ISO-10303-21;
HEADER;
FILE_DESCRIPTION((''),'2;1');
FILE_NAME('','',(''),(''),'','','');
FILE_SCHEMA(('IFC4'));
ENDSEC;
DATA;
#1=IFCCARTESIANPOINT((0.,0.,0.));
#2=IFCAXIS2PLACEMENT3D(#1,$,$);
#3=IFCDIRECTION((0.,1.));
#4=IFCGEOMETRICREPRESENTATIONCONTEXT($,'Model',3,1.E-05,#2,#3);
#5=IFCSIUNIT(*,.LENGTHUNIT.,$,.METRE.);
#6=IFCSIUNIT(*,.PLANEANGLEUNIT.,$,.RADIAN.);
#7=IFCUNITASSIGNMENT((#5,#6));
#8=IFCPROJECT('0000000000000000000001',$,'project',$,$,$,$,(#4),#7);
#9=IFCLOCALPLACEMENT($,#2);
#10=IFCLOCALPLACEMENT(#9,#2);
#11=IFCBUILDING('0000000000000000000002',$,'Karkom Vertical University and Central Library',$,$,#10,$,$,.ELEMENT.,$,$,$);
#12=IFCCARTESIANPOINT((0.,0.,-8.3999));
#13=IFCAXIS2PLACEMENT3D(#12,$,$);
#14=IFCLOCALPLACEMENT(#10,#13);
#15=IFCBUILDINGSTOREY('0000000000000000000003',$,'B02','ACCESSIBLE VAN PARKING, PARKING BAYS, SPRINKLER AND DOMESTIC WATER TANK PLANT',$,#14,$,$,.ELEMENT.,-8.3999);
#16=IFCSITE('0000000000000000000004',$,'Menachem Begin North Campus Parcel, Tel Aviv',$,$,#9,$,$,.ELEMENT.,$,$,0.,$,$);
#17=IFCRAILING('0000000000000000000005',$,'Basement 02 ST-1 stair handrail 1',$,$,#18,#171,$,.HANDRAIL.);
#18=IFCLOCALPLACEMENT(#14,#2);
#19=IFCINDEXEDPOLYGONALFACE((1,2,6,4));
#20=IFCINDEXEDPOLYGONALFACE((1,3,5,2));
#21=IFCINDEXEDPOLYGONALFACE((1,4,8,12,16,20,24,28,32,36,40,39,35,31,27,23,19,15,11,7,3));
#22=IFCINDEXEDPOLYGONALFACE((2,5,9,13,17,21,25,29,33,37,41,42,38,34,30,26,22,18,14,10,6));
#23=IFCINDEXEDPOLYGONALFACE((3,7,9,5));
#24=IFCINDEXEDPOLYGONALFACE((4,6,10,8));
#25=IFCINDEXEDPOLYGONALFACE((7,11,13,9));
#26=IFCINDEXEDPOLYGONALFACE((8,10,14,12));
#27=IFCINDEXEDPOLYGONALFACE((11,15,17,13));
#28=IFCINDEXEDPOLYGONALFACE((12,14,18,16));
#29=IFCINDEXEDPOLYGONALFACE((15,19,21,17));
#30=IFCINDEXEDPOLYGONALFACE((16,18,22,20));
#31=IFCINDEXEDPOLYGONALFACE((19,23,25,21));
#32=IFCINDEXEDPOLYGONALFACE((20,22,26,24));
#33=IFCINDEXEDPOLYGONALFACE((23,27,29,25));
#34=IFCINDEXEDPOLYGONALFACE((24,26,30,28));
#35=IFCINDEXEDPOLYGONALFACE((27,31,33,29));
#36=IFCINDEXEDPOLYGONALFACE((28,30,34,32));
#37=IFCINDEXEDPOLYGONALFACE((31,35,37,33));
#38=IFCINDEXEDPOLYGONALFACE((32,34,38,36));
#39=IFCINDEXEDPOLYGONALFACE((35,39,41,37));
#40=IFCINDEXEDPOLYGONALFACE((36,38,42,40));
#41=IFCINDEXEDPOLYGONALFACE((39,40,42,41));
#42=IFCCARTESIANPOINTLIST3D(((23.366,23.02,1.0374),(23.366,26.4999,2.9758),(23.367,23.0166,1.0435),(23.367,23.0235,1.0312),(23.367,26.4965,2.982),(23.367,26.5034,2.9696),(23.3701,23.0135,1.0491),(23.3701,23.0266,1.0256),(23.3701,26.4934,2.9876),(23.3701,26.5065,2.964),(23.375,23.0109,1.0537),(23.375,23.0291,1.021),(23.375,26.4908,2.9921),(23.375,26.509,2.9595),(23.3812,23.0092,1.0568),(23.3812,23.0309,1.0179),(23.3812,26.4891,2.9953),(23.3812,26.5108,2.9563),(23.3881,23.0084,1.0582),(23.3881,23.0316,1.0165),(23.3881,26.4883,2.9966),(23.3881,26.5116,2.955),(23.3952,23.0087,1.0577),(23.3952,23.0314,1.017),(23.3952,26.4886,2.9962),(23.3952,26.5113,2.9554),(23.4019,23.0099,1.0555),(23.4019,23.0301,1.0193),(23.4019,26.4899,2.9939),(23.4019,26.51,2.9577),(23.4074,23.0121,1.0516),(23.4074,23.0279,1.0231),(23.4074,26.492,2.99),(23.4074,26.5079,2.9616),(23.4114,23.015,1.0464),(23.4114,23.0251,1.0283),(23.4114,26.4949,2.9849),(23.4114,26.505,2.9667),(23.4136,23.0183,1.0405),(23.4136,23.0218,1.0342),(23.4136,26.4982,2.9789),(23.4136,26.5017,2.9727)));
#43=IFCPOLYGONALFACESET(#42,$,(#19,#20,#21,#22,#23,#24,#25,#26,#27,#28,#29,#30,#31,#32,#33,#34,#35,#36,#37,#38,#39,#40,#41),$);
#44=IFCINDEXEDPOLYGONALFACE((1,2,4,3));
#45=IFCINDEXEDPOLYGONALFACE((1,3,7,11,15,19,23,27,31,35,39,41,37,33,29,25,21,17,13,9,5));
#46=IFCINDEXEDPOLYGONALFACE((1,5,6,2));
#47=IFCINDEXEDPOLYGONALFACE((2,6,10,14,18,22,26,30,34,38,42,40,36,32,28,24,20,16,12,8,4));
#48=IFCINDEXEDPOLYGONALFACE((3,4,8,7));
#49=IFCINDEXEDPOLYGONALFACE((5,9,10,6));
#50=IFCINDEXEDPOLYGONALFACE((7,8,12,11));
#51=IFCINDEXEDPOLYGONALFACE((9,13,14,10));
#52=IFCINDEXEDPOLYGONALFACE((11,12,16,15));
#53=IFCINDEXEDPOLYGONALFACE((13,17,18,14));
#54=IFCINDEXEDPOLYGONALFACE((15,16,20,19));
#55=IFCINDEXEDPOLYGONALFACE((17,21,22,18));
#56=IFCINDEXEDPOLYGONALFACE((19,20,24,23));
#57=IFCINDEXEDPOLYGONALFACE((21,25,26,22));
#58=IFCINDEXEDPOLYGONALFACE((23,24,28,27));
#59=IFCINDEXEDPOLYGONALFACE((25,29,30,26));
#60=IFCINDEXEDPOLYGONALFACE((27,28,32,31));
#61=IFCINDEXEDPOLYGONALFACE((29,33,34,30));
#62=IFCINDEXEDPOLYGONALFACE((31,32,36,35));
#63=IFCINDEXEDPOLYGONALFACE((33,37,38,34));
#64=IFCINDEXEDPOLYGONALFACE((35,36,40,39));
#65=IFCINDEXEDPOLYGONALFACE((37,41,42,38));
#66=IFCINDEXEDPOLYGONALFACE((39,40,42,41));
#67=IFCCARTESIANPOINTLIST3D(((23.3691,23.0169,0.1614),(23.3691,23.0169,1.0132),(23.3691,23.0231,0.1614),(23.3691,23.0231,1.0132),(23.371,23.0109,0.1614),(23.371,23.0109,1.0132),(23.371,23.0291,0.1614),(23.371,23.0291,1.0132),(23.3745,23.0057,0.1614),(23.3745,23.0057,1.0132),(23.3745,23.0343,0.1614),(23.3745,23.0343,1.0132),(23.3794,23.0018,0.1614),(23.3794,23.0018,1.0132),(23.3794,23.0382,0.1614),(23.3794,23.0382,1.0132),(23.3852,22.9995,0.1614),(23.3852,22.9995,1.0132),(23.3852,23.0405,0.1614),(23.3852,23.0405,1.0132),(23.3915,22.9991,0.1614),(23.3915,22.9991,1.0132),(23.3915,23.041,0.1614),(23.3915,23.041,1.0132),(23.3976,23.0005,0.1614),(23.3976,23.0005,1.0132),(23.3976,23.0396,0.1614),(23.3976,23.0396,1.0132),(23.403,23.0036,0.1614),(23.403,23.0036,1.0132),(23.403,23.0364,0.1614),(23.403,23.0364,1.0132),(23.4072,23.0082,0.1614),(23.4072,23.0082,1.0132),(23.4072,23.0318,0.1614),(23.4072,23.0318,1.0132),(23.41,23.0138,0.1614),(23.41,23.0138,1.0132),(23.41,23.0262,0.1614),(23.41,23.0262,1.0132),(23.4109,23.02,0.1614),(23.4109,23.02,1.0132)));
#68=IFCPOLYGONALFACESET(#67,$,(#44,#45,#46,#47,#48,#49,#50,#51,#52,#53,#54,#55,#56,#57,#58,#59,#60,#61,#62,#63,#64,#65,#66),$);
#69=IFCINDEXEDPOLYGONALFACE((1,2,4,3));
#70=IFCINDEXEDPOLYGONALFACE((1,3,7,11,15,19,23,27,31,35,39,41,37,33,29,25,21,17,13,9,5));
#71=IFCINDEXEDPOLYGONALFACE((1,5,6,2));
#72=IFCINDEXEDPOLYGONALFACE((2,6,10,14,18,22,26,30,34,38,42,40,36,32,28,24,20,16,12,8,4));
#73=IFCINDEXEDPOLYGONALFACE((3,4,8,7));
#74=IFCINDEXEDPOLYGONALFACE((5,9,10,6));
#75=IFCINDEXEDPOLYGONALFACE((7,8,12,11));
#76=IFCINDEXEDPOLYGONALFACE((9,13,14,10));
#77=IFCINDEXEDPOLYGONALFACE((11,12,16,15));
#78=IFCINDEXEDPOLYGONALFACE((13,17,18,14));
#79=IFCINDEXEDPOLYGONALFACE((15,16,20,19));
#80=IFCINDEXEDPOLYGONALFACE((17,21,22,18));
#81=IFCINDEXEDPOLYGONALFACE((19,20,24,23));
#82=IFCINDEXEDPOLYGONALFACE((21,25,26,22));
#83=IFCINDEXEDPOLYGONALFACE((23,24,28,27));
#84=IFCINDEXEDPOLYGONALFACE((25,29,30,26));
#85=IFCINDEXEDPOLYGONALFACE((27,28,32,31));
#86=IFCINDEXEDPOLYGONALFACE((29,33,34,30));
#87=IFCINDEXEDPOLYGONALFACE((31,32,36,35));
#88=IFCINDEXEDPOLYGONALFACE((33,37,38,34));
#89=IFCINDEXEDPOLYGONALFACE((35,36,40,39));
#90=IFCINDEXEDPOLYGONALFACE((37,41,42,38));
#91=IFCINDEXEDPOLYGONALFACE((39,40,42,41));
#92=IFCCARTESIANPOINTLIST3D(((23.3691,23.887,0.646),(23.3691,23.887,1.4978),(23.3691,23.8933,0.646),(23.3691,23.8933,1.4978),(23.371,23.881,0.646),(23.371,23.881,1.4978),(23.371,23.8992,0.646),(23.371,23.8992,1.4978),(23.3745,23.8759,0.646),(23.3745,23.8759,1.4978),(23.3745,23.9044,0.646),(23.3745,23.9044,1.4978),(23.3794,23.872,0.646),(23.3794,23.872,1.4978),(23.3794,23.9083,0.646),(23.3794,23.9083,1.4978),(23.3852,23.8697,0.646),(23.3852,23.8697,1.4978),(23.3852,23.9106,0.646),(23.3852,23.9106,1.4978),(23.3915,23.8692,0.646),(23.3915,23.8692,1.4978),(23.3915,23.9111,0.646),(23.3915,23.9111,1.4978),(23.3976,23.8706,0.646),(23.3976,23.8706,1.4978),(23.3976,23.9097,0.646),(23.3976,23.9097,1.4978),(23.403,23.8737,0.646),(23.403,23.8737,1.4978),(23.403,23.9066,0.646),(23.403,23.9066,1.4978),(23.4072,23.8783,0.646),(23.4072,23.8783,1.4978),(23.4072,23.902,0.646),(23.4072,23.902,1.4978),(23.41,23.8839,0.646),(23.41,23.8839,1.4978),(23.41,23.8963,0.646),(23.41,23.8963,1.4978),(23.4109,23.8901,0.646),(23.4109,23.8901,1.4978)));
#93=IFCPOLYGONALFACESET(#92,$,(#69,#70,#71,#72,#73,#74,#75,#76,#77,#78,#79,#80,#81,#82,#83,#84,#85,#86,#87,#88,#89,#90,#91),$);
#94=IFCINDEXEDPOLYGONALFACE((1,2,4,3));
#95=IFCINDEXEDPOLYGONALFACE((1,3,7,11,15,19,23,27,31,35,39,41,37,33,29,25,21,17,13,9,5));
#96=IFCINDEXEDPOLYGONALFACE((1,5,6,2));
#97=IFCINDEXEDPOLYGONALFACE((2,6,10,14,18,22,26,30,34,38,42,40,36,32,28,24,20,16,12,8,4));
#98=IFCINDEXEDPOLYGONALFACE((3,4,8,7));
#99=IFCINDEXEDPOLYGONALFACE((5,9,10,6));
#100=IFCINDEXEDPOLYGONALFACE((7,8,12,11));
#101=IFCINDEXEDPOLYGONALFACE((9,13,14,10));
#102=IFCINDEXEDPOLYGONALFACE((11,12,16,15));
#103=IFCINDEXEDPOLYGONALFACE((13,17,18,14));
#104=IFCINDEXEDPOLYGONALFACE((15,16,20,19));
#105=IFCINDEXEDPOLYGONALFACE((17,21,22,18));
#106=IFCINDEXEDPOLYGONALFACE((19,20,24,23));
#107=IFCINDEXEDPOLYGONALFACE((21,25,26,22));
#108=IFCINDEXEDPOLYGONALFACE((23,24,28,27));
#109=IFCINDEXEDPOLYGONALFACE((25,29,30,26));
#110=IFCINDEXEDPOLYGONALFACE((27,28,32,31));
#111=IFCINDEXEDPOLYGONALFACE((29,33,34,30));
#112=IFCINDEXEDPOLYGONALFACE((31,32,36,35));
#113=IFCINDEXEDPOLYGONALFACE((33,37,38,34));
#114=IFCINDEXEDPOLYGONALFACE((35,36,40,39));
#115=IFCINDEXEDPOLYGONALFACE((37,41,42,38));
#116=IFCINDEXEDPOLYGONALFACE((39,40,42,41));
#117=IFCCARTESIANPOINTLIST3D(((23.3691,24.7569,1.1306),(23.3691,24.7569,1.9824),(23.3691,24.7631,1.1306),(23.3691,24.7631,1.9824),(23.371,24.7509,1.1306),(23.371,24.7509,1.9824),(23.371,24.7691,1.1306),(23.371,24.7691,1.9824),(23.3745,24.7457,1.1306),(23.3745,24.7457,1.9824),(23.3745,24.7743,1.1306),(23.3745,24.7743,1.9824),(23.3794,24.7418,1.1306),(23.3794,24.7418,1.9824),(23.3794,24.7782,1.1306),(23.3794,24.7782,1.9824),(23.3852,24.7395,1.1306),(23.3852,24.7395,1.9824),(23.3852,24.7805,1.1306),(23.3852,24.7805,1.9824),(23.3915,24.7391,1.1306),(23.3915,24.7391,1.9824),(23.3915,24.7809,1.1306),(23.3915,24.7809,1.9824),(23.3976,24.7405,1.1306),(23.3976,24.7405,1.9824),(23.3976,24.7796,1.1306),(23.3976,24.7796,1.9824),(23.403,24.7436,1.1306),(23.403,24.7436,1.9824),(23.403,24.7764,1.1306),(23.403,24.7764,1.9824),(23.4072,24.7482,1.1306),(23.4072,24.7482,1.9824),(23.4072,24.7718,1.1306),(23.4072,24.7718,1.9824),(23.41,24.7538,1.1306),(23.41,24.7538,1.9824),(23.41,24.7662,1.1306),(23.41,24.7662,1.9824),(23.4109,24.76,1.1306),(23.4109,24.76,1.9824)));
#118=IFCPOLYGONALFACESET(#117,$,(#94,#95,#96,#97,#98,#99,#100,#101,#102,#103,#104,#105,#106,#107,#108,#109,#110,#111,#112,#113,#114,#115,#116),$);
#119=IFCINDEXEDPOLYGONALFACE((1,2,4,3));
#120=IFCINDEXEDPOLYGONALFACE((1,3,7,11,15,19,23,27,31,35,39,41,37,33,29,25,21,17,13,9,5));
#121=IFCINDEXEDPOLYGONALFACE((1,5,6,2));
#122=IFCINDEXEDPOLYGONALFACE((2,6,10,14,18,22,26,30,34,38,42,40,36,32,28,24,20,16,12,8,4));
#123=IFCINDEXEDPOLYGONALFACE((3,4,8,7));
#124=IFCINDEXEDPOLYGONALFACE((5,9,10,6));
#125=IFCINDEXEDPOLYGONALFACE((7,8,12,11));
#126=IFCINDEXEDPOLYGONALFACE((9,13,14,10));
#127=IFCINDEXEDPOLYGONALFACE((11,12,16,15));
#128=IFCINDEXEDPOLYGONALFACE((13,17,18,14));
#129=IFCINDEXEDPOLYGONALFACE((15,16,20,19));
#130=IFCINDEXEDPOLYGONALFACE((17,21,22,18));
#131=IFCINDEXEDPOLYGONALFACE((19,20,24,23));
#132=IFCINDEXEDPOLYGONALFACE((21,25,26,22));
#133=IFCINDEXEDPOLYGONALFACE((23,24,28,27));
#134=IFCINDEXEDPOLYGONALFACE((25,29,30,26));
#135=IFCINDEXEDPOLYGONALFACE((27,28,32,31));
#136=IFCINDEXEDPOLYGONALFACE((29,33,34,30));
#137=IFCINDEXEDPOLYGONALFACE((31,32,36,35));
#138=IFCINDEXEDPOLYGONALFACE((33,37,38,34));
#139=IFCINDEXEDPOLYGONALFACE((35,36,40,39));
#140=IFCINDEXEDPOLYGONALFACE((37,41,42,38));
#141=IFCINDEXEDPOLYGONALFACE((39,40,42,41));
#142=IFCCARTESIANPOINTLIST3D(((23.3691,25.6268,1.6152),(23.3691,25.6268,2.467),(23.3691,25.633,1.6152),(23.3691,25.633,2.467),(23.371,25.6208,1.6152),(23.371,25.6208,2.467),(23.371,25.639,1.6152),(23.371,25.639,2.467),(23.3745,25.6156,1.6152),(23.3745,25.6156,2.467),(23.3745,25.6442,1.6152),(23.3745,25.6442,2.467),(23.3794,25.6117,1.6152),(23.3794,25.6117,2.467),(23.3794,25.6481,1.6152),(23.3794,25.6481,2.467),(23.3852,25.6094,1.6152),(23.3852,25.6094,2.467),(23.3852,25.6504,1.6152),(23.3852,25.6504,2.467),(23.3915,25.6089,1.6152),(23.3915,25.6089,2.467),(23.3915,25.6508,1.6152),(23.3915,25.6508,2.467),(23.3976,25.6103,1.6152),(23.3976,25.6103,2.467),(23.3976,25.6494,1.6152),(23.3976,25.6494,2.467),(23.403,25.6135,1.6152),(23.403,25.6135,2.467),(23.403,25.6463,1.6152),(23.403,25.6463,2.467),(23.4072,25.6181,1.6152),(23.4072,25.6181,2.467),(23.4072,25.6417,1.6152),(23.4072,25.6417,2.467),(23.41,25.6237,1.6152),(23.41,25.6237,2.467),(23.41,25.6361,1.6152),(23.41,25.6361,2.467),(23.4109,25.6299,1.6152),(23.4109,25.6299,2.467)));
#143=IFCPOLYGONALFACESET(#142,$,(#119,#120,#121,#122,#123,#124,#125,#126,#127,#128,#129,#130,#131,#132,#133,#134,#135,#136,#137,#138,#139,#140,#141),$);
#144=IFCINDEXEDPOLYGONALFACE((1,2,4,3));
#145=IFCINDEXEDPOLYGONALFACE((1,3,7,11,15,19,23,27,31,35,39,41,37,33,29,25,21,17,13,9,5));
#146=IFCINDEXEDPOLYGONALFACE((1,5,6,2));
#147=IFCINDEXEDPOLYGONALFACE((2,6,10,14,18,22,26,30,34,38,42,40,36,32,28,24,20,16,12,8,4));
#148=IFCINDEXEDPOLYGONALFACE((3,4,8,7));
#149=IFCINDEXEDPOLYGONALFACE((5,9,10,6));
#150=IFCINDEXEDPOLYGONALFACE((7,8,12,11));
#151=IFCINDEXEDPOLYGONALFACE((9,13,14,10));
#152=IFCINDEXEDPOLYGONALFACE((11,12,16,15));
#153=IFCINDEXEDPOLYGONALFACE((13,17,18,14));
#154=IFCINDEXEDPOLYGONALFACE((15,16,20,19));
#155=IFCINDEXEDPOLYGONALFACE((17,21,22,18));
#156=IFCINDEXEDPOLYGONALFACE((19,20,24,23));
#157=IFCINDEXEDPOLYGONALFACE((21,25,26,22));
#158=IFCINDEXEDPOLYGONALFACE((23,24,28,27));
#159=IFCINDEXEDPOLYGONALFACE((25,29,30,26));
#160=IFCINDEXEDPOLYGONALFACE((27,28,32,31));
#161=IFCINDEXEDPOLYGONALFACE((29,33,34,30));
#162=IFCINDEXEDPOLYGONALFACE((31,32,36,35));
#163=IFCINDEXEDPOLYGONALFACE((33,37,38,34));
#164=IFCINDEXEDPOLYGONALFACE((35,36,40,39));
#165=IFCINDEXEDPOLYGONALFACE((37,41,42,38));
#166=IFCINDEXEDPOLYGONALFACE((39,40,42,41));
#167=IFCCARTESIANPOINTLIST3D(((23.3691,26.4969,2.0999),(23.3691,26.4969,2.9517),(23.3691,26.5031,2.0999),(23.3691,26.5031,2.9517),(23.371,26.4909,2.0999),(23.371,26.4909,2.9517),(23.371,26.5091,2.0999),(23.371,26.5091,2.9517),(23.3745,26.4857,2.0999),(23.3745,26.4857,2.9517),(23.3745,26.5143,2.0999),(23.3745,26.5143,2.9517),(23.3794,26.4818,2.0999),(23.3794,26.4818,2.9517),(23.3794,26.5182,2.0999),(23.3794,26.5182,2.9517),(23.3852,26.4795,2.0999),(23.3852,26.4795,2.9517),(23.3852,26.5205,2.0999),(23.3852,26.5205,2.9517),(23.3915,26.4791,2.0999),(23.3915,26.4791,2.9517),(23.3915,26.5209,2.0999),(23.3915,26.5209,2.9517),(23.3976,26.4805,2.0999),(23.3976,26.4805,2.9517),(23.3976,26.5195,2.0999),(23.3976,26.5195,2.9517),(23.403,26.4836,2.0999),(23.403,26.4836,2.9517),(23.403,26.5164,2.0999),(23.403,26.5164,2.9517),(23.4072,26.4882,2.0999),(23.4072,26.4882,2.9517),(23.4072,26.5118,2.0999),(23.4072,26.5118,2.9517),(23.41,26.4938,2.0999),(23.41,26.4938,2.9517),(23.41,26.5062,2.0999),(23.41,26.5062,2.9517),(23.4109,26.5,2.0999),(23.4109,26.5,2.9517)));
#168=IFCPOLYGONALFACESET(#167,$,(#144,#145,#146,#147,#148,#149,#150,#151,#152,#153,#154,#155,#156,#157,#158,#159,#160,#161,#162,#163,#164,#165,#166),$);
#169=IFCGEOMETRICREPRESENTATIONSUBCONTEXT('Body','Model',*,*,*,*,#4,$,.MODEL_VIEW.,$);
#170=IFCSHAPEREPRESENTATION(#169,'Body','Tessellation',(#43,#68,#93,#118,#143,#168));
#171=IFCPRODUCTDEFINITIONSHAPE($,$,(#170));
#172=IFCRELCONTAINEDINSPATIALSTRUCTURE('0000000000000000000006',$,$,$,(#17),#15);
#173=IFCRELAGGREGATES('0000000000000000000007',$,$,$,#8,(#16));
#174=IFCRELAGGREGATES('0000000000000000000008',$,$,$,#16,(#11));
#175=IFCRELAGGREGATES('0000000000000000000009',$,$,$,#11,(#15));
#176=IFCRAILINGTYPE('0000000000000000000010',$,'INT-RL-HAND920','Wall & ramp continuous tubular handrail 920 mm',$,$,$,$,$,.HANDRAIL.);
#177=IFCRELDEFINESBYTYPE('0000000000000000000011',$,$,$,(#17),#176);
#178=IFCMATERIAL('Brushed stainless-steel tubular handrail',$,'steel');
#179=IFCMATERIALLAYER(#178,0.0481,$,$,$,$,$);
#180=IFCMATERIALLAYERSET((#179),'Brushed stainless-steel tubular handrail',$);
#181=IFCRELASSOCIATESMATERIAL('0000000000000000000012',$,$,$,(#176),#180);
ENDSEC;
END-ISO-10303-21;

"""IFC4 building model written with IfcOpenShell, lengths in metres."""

from ifc_helpers import new_model, si_unit, direction, frame, origin, origin_2d, place, context, subcontext, project, spatial, circle, extrude, material, layer, layer_set, type_object, element, save


model = new_model("IFC4")

# Units and contexts
model_context = context("Model", 3, precision=1e-05, world=origin(), true_north=direction((0.0, 1.0)))
body_context = subcontext(model_context, "Body", "Model", "MODEL_VIEW")
ifc_project = project(units=[si_unit("LENGTHUNIT", "METRE"), si_unit("PLANEANGLEUNIT", "RADIAN")], contexts=[model_context])

# Site, building, storey
site_placement = place(None, origin())
site = spatial("IfcSite", under=ifc_project, at=site_placement, Name="Menachem Begin North Campus Parcel, Tel Aviv", CompositionType="ELEMENT", RefElevation=0.0)
building_placement = place(site_placement, origin())
building = spatial("IfcBuilding", under=site, at=building_placement, Name="Karkom Vertical University and Central Library", CompositionType="ELEMENT")
storey_placement = place(building_placement, frame((0.0, 0.0, -8.3999)))
storey = spatial("IfcBuildingStorey", under=building, at=storey_placement, Name="B02", Description="ACCESSIBLE VAN PARKING, PARKING BAYS, SPRINKLER AND DOMESTIC WATER TANK PLANT", CompositionType="ELEMENT", Elevation=-8.3999)

# Railing
ifc_material_1 = material(Name="Brushed stainless-steel tubular handrail", Category="steel")
ifc_layer_1 = layer(ifc_material_1, 0.0481)
ifc_layer_set_1 = layer_set([ifc_layer_1], Name="Brushed stainless-steel tubular handrail")
railing_type_1 = type_object("IfcRailingType", Name="INT-RL-HAND920", Description="Wall & ramp continuous tubular handrail 920 mm", PredefinedType="HANDRAIL", material=ifc_layer_set_1)
for number, where, name in (
    (1, (23.3899, 23.02, 0.1614), "Basement 02 ST-1 stair handrail 1"),
):
    element("IfcRailing", number, at=place(storey_placement, frame(where)), inside=storey, type_object=railing_type_1, Name=name, PredefinedType="HANDRAIL", context=body_context, shape_type="SweptSolid", body=[
        extrude(circle(Radius=0.0239, at=origin_2d()), frame((0.0, 0.0, 0.876), z_axis=(0.0, 0.873607, 0.486631), x_axis=(-1.0, 0.0, 0.0)), (0.0, 0.0, 1.0), 3.9834),
        extrude(circle(Radius=0.021, at=origin_2d()), origin(), (0.0, 0.0, 1.0), 0.8518),
        extrude(circle(Radius=0.021, at=origin_2d()), frame((0.0, 0.8701, 0.4846)), (0.0, 0.0, 1.0), 0.8518),
        extrude(circle(Radius=0.021, at=origin_2d()), frame((0.0, 1.74, 0.9692)), (0.0, 0.0, 1.0), 0.8518),
        extrude(circle(Radius=0.021, at=origin_2d()), frame((0.0, 2.6099, 1.4539)), (0.0, 0.0, 1.0), 0.8518),
        extrude(circle(Radius=0.021, at=origin_2d()), frame((0.0, 3.48, 1.9385)), (0.0, 0.0, 1.0), 0.8518),
    ])

save(model, "model.ifc")
